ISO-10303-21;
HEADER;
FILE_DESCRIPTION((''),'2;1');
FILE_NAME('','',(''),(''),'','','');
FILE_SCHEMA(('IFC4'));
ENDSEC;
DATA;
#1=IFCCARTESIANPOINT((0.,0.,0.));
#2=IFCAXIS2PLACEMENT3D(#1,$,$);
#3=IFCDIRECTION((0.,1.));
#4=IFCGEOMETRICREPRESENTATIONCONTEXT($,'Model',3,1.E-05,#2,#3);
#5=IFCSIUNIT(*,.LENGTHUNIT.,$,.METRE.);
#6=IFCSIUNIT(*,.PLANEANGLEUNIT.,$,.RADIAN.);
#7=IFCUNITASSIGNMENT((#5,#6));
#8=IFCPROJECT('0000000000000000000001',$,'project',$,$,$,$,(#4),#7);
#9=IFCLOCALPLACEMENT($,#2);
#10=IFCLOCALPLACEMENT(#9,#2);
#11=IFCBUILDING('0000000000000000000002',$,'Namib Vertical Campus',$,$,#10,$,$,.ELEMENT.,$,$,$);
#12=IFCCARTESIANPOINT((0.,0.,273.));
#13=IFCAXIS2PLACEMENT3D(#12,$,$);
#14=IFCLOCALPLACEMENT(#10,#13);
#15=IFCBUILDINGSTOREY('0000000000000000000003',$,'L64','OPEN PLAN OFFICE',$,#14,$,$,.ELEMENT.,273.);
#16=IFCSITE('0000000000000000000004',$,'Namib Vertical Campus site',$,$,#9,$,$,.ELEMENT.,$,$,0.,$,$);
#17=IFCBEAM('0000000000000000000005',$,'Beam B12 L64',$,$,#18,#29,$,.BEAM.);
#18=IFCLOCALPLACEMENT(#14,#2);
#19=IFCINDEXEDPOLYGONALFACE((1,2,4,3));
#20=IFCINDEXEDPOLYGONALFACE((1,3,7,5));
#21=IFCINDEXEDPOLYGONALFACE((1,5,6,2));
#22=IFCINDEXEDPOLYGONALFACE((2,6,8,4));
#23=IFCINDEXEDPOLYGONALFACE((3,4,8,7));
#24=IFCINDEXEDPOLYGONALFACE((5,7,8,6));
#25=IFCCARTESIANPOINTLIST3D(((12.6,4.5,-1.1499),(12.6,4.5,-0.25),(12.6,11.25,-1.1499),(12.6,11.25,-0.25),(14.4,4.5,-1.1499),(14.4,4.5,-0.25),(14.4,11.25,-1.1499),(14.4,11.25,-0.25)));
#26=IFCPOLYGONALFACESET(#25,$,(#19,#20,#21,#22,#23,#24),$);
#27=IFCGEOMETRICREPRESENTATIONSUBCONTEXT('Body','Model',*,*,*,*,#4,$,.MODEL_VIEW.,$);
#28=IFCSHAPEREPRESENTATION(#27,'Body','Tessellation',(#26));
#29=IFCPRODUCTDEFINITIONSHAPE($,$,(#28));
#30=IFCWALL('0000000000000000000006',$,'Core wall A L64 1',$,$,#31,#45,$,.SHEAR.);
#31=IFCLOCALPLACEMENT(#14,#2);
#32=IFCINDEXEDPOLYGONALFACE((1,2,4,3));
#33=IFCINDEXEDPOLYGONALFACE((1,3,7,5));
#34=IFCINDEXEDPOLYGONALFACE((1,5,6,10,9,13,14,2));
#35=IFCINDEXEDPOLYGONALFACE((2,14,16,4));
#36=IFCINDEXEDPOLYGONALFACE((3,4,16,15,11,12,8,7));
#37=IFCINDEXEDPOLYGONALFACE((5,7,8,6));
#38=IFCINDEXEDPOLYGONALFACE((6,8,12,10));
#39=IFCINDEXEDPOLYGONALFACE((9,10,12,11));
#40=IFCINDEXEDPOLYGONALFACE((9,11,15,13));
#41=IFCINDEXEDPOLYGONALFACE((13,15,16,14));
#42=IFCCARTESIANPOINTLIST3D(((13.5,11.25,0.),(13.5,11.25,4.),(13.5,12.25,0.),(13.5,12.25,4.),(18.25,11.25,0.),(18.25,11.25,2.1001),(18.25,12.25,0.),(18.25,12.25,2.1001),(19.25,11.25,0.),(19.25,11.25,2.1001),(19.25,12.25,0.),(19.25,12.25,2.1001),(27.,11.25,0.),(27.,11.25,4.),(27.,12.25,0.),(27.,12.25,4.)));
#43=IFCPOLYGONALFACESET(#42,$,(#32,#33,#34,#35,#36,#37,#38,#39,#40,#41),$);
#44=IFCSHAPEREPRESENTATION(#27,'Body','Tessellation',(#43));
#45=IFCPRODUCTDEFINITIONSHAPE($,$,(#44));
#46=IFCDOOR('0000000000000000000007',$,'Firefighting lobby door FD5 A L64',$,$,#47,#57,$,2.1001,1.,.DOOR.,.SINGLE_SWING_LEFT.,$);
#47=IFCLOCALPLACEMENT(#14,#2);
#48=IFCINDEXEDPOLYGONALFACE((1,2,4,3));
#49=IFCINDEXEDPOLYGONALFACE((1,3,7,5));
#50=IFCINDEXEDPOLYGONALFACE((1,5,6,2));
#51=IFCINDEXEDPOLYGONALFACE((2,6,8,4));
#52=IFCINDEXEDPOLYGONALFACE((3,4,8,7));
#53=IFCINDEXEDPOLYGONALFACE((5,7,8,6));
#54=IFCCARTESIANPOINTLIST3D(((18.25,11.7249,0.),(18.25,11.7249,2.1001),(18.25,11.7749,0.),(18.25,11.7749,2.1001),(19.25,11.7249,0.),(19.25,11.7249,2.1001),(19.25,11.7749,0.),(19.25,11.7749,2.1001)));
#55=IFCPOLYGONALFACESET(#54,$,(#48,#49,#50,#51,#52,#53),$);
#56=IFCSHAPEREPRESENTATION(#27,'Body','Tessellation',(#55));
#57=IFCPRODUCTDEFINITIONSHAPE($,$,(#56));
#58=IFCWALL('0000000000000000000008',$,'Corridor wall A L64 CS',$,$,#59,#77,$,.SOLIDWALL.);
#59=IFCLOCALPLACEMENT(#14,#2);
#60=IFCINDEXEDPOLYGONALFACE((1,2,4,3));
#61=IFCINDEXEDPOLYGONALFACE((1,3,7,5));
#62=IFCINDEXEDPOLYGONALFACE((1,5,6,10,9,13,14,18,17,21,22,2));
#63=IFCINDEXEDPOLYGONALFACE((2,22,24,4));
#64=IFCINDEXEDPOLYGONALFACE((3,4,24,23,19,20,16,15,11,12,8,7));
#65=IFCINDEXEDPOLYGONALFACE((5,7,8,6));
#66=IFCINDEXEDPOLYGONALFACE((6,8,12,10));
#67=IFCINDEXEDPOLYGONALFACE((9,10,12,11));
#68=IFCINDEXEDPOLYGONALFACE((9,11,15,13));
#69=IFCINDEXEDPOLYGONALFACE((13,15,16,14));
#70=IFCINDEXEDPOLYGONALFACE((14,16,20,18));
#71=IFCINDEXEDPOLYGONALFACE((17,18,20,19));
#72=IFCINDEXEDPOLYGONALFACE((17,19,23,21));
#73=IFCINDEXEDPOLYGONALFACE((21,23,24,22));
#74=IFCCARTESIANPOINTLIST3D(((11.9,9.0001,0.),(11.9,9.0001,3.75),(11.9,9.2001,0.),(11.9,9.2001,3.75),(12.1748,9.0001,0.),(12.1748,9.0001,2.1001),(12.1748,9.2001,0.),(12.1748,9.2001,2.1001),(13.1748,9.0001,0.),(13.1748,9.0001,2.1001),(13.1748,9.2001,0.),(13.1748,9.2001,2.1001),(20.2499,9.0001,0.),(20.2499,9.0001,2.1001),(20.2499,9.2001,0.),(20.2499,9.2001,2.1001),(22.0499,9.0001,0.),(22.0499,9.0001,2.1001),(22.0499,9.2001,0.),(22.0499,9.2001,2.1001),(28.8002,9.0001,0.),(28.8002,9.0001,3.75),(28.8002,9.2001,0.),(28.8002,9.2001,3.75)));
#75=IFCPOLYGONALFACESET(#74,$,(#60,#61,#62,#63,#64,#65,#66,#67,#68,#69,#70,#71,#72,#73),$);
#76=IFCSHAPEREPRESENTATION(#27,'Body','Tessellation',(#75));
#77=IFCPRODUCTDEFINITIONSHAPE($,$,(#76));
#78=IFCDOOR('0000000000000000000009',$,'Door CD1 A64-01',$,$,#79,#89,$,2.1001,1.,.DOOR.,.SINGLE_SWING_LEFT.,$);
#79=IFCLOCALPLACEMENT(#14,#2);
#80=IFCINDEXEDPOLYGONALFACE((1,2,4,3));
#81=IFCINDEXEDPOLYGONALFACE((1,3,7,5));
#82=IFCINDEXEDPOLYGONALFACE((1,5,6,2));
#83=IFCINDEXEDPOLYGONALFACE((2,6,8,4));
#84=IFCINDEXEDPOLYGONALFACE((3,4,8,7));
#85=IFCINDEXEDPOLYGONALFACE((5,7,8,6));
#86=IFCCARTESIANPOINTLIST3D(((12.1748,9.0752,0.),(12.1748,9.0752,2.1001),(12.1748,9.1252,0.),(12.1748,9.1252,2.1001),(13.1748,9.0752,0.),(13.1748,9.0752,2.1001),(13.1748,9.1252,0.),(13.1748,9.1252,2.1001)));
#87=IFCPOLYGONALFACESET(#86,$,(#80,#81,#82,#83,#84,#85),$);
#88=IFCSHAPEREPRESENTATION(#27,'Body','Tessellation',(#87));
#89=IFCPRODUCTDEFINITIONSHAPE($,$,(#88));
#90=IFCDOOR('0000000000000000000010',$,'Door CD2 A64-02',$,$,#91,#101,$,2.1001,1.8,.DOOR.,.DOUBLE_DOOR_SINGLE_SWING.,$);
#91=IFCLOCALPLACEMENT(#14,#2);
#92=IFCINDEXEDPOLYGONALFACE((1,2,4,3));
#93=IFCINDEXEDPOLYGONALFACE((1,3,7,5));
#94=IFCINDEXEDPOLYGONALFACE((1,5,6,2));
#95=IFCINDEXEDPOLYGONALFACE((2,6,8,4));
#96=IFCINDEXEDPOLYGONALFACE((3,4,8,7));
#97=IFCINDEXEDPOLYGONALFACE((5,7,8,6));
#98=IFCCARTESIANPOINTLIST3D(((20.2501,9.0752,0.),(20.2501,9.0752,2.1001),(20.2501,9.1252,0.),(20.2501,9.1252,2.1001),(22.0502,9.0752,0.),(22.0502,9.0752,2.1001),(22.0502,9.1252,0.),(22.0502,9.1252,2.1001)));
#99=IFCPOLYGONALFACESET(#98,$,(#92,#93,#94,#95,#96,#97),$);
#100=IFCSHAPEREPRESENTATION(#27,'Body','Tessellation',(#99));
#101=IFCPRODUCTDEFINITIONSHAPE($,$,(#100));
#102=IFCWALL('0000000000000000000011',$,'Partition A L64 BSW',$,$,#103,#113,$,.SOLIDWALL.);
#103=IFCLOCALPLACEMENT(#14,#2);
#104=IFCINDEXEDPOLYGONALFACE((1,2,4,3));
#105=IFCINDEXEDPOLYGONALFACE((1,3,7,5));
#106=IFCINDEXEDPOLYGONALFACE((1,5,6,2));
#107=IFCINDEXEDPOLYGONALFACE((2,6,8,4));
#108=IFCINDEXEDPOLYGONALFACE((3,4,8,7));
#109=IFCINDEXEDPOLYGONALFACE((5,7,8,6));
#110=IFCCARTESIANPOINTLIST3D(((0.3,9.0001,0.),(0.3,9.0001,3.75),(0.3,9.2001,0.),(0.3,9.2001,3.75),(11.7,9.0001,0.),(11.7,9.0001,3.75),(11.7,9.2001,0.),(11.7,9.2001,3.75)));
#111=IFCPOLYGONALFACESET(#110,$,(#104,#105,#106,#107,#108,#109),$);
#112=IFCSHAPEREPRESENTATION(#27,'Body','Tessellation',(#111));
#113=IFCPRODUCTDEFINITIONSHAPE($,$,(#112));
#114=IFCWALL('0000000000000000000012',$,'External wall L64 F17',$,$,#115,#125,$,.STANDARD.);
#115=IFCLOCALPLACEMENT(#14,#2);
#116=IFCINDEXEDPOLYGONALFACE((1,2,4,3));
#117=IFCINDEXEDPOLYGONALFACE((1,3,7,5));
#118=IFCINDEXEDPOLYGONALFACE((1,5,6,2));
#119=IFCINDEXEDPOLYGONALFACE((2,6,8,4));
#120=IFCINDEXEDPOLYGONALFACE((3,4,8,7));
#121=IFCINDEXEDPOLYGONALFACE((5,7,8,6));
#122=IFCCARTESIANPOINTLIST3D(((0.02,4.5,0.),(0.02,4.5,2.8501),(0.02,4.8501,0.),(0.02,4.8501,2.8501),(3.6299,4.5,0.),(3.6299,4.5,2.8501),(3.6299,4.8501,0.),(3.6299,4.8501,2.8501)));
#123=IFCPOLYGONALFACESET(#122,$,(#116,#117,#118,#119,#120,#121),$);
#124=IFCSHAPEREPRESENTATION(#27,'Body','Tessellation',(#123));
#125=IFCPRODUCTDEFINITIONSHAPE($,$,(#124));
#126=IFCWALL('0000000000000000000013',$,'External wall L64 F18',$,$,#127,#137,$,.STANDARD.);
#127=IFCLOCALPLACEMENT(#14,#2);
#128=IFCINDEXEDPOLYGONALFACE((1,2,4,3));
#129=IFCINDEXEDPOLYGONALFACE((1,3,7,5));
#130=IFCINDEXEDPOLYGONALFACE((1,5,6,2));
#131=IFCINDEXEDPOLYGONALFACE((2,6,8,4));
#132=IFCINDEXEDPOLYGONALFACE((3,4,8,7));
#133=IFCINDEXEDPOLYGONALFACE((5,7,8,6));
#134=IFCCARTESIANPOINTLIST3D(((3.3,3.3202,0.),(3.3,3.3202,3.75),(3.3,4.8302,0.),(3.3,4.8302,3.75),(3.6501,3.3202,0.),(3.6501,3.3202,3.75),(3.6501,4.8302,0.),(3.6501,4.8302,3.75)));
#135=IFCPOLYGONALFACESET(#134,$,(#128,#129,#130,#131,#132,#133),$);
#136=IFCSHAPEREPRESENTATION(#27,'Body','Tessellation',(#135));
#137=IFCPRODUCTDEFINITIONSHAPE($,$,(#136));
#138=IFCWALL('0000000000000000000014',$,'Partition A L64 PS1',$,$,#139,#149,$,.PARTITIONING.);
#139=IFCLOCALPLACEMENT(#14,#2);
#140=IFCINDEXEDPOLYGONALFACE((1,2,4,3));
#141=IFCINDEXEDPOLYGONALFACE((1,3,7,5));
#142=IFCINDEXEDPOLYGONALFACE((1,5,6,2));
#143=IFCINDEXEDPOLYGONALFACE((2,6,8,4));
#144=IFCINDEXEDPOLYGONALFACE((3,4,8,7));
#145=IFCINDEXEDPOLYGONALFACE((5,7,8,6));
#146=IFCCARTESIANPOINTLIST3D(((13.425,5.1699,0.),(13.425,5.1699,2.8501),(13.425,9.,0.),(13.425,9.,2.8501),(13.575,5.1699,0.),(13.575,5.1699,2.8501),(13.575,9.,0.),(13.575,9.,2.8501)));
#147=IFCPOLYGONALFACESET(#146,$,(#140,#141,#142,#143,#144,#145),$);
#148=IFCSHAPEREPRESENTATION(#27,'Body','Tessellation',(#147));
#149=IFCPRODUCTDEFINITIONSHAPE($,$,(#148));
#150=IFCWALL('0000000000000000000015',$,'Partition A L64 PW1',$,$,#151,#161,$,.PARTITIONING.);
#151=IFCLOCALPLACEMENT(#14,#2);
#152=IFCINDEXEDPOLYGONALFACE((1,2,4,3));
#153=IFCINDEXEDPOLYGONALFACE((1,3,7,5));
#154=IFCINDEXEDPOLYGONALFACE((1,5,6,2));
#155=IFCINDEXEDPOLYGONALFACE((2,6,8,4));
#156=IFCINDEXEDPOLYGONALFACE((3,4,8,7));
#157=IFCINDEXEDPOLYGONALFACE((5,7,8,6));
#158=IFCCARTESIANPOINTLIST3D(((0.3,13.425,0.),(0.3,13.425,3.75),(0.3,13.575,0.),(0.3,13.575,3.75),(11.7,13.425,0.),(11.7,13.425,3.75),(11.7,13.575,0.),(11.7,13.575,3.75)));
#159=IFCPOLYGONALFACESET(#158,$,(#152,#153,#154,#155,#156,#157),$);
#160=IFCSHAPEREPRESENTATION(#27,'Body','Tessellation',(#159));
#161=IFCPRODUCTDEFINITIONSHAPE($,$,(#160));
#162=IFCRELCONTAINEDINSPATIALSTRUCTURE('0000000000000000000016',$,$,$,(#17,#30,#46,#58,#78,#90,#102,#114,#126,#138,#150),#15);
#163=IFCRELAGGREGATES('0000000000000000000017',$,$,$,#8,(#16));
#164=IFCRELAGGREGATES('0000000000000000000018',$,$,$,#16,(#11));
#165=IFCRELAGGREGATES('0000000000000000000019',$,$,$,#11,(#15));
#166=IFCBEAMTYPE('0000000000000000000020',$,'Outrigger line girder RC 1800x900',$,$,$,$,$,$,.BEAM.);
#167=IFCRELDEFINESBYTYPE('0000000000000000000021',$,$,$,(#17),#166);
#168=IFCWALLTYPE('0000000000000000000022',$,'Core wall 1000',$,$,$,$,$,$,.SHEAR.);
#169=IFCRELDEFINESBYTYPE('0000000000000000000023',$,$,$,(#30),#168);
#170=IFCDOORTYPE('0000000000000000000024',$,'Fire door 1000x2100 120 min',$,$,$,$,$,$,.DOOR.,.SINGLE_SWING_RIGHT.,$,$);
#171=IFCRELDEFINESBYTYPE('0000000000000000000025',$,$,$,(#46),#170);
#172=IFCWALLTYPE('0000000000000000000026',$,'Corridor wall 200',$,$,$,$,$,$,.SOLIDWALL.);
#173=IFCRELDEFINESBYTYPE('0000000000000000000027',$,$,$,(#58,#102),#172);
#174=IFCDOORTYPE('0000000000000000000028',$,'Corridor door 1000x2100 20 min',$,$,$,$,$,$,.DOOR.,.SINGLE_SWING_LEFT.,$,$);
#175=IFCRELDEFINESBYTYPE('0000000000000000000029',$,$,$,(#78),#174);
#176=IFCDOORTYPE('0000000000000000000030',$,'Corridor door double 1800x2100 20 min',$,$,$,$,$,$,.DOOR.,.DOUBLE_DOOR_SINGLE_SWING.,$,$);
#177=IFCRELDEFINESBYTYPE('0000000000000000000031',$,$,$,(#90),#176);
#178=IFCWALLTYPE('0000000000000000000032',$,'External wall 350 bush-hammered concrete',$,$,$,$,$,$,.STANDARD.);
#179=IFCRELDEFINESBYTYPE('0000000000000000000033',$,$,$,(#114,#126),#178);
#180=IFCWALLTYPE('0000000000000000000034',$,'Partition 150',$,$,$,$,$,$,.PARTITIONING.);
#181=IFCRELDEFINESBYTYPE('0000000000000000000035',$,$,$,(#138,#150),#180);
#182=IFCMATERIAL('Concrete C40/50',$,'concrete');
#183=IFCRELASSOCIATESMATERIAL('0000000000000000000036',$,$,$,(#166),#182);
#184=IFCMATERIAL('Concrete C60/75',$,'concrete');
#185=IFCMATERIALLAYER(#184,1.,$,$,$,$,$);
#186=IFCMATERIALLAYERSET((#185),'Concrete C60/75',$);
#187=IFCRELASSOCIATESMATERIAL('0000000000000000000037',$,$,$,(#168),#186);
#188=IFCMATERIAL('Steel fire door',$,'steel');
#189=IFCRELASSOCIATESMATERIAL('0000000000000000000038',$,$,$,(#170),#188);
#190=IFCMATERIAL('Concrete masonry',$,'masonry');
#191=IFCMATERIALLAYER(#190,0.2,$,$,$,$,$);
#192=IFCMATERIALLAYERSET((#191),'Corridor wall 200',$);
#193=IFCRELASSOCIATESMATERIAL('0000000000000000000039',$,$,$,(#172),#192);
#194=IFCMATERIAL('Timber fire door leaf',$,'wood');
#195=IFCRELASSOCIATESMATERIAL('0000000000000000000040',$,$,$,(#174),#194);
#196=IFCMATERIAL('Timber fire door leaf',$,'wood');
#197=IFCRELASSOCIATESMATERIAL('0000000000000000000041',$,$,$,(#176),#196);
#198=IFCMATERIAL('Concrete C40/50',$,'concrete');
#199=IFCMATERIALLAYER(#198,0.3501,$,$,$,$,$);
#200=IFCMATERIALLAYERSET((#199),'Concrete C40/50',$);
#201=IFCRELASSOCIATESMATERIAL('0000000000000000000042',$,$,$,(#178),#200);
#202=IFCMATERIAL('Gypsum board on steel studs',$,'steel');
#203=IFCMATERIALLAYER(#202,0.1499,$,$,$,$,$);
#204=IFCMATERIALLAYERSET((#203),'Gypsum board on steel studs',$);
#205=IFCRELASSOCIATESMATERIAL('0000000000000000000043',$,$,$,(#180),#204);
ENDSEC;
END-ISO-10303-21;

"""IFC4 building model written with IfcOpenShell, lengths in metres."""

from ifc_helpers import new_model, si_unit, direction, frame, frame_2d, origin, origin_2d, place, context, subcontext, project, spatial, rectangle, extrude, material, layer, layer_set, material_profile, profile_set, type_object, element, fill, save


model = new_model("IFC4")

# Units and contexts
model_context = context("Model", 3, precision=1e-05, world=origin(), true_north=direction((0.0, 1.0)))
body_context = subcontext(model_context, "Body", "Model", "MODEL_VIEW")
ifc_project = project(units=[si_unit("LENGTHUNIT", "METRE"), si_unit("PLANEANGLEUNIT", "RADIAN")], contexts=[model_context])

# Site, building, storey
site_placement = place(None, origin())
site = spatial("IfcSite", under=ifc_project, at=site_placement, Name="Namib Vertical Campus site", CompositionType="ELEMENT", RefElevation=0.0)
building_placement = place(site_placement, origin())
building = spatial("IfcBuilding", under=site, at=building_placement, Name="Namib Vertical Campus", CompositionType="ELEMENT")
storey_placement = place(building_placement, frame((0.0, 0.0, 273.0)))
storey = spatial("IfcBuildingStorey", under=building, at=storey_placement, Name="L64", Description="OPEN PLAN OFFICE", CompositionType="ELEMENT", Elevation=273.0)

# Beam
ifc_material_1 = material(Name="Concrete C40/50", Category="concrete")
ifc_material_profile_1 = material_profile(ifc_material_1, rectangle(XDim=1.8, YDim=0.8999, at=origin_2d()))
ifc_profile_set_1 = profile_set([ifc_material_profile_1], Name="Concrete C40/50")
beam_type_1 = type_object("IfcBeamType", Name="Outrigger line girder RC 1800x900", PredefinedType="BEAM", material=ifc_profile_set_1)
beam_1_placement = place(storey_placement, frame((13.5, 4.5, -0.7), z_axis=(0.0, 1.0, 0.0), x_axis=(-1.0, 0.0, 0.0)))
element("IfcBeam", 1, at=beam_1_placement, inside=storey, type_object=beam_type_1, Name="Beam B12 L64", PredefinedType="BEAM", context=body_context, shape_type="SweptSolid", body=[
    extrude(rectangle(XDim=1.8, YDim=0.8999, at=origin_2d()), origin(), (0.0, 0.0, 1.0), 6.75),
])

# Wall, opening, door
ifc_material_2 = material(Name="Concrete C60/75", Category="concrete")
ifc_layer_1 = layer(ifc_material_2, 1.0)
ifc_layer_set_1 = layer_set([ifc_layer_1], Name="Concrete C60/75")
wall_type_1 = type_object("IfcWallType", Name="Core wall 1000", PredefinedType="SHEAR", material=ifc_layer_set_1)
wall_1_placement = place(storey_placement, frame((13.5, 11.75, 0.0), z_axis=(0.0, 0.0, 1.0), x_axis=(1.0, 0.0, 0.0)))
wall_1 = element("IfcWall", 2, at=wall_1_placement, inside=storey, type_object=wall_type_1, Name="Core wall A L64 1", PredefinedType="SHEAR", context=body_context, shape_type="SweptSolid", body=[
    extrude(rectangle(XDim=13.5, YDim=1.0, at=frame_2d((6.75, 0.0))), origin(), (0.0, 0.0, 1.0), 4.0),
])
opening_1_placement = place(wall_1_placement, frame((4.75, 0.0, 0.0)))
opening_1 = element("IfcOpeningElement", 3, at=opening_1_placement, cuts=wall_1, PredefinedType="OPENING", context=body_context, shape_type="SweptSolid", body=[
    extrude(rectangle(XDim=1.0, YDim=2.1001, at=frame_2d((0.5, 1.05))), frame((0.0, 0.51, 0.0), z_axis=(0.0, -1.0, 0.0), x_axis=(1.0, 0.0, 0.0)), (0.0, 0.0, 1.0), 1.02),
])
ifc_material_3 = material(Name="Steel fire door", Category="steel")
door_type_1 = type_object("IfcDoorType", Name="Fire door 1000x2100 120 min", OperationType="SINGLE_SWING_RIGHT", PredefinedType="DOOR", material=ifc_material_3)
door_1_placement = place(opening_1_placement, origin())
door_1 = element("IfcDoor", 4, at=door_1_placement, inside=storey, type_object=door_type_1, Name="Firefighting lobby door FD5 A L64", OperationType="SINGLE_SWING_LEFT", OverallHeight=2.1001, OverallWidth=1.0, PredefinedType="DOOR", context=body_context, shape_type="SweptSolid", body=[
    extrude(rectangle(XDim=1.0, YDim=2.1001, at=frame_2d((0.5, 1.05))), frame((0.0, 0.0249, 0.0), z_axis=(0.0, -1.0, 0.0), x_axis=(1.0, 0.0, 0.0)), (0.0, 0.0, 1.0), 0.05),
])
fill(opening_1, door_1)

# Wall, openings, doors
ifc_material_4 = material(Name="Concrete masonry", Category="masonry")
ifc_layer_2 = layer(ifc_material_4, 0.2)
ifc_layer_set_2 = layer_set([ifc_layer_2], Name="Corridor wall 200")
wall_type_2 = type_object("IfcWallType", Name="Corridor wall 200", PredefinedType="SOLIDWALL", material=ifc_layer_set_2)
wall_2_placement = place(storey_placement, frame((11.8999, 9.1001, 0.0), z_axis=(0.0, 0.0, 1.0), x_axis=(1.0, 0.0, 0.0)))
wall_2 = element("IfcWall", 5, at=wall_2_placement, inside=storey, type_object=wall_type_2, Name="Corridor wall A L64 CS", PredefinedType="SOLIDWALL", context=body_context, shape_type="SweptSolid", body=[
    extrude(rectangle(XDim=16.9001, YDim=0.2, at=frame_2d((8.4502, 0.0))), origin(), (0.0, 0.0, 1.0), 3.75),
])
opening_2_placement = place(wall_2_placement, frame((0.2749, 0.0, 0.0)))
opening_2 = element("IfcOpeningElement", 6, at=opening_2_placement, cuts=wall_2, PredefinedType="OPENING", context=body_context, shape_type="SweptSolid", body=[
    extrude(rectangle(XDim=1.0, YDim=2.1001, at=frame_2d((0.5, 1.05))), frame((0.0, 0.1099, 0.0), z_axis=(0.0, -1.0, 0.0), x_axis=(1.0, 0.0, 0.0)), (0.0, 0.0, 1.0), 0.22),
])
opening_3_placement = place(wall_2_placement, frame((8.3501, 0.0, 0.0)))
opening_3 = element("IfcOpeningElement", 7, at=opening_3_placement, cuts=wall_2, PredefinedType="OPENING", context=body_context, shape_type="SweptSolid", body=[
    extrude(rectangle(XDim=1.8, YDim=2.1001, at=frame_2d((0.8999, 1.05))), frame((0.0, 0.1099, 0.0), z_axis=(0.0, -1.0, 0.0), x_axis=(1.0, 0.0, 0.0)), (0.0, 0.0, 1.0), 0.22),
])
ifc_material_5 = material(Name="Timber fire door leaf", Category="wood")
door_type_2 = type_object("IfcDoorType", Name="Corridor door 1000x2100 20 min", OperationType="SINGLE_SWING_LEFT", PredefinedType="DOOR", material=ifc_material_5)
door_2_placement = place(opening_2_placement, frame((1.0, 0.0, 0.0), z_axis=(0.0, 0.0, 1.0), x_axis=(-1.0, 0.0, 0.0)))
door_2 = element("IfcDoor", 8, at=door_2_placement, inside=storey, type_object=door_type_2, Name="Door CD1 A64-01", OperationType="SINGLE_SWING_LEFT", OverallHeight=2.1001, OverallWidth=1.0, PredefinedType="DOOR", context=body_context, shape_type="SweptSolid", body=[
    extrude(rectangle(XDim=1.0, YDim=2.1001, at=frame_2d((0.5, 1.05))), frame((0.0, 0.0249, 0.0), z_axis=(0.0, -1.0, 0.0), x_axis=(1.0, 0.0, 0.0)), (0.0, 0.0, 1.0), 0.05),
])
fill(opening_2, door_2)
ifc_material_6 = material(Name="Timber fire door leaf", Category="wood")
door_type_3 = type_object("IfcDoorType", Name="Corridor door double 1800x2100 20 min", OperationType="DOUBLE_DOOR_SINGLE_SWING", PredefinedType="DOOR", material=ifc_material_6)
door_3_placement = place(opening_3_placement, frame((1.8, 0.0, 0.0), z_axis=(0.0, 0.0, 1.0), x_axis=(-1.0, 0.0, 0.0)))
door_3 = element("IfcDoor", 9, at=door_3_placement, inside=storey, type_object=door_type_3, Name="Door CD2 A64-02", OperationType="DOUBLE_DOOR_SINGLE_SWING", OverallHeight=2.1001, OverallWidth=1.8, PredefinedType="DOOR", context=body_context, shape_type="SweptSolid", body=[
    extrude(rectangle(XDim=1.8, YDim=2.1001, at=frame_2d((0.8999, 1.05))), frame((0.0, 0.0249, 0.0), z_axis=(0.0, -1.0, 0.0), x_axis=(1.0, 0.0, 0.0)), (0.0, 0.0, 1.0), 0.05),
])
fill(opening_3, door_3)

# Walls
wall_3_placement = place(storey_placement, frame((0.3, 9.1001, 0.0), z_axis=(0.0, 0.0, 1.0), x_axis=(1.0, 0.0, 0.0)))
element("IfcWall", 10, at=wall_3_placement, inside=storey, type_object=wall_type_2, Name="Partition A L64 BSW", PredefinedType="SOLIDWALL", context=body_context, shape_type="SweptSolid", body=[
    extrude(rectangle(XDim=11.3999, YDim=0.2, at=frame_2d((5.7, 0.0))), origin(), (0.0, 0.0, 1.0), 3.75),
])
ifc_material_7 = material(Name="Concrete C40/50", Category="concrete")
ifc_layer_3 = layer(ifc_material_7, 0.3501)
ifc_layer_set_3 = layer_set([ifc_layer_3], Name="Concrete C40/50")
wall_type_3 = type_object("IfcWallType", Name="External wall 350 bush-hammered concrete", PredefinedType="STANDARD", material=ifc_layer_set_3)
wall_4_placement = place(storey_placement, frame((0.02, 4.675, 0.0), z_axis=(0.0, 0.0, 1.0), x_axis=(1.0, 0.0, 0.0)))
element("IfcWall", 11, at=wall_4_placement, inside=storey, type_object=wall_type_3, Name="External wall L64 F17", PredefinedType="STANDARD", context=body_context, shape_type="SweptSolid", body=[
    extrude(rectangle(XDim=3.6099, YDim=0.3501, at=frame_2d((1.8049, 0.0))), origin(), (0.0, 0.0, 1.0), 2.8501),
])
wall_5_placement = place(storey_placement, frame((3.4751, 4.8301, 0.0), z_axis=(0.0, 0.0, 1.0), x_axis=(0.0, -1.0, 0.0)))
element("IfcWall", 12, at=wall_5_placement, inside=storey, type_object=wall_type_3, Name="External wall L64 F18", PredefinedType="STANDARD", context=body_context, shape_type="SweptSolid", body=[
    extrude(rectangle(XDim=1.51, YDim=0.3501, at=frame_2d((0.7549, 0.0))), origin(), (0.0, 0.0, 1.0), 3.75),
])
ifc_material_8 = material(Name="Gypsum board on steel studs", Category="steel")
ifc_layer_4 = layer(ifc_material_8, 0.1499)
ifc_layer_set_4 = layer_set([ifc_layer_4], Name="Gypsum board on steel studs")
wall_type_4 = type_object("IfcWallType", Name="Partition 150", PredefinedType="PARTITIONING", material=ifc_layer_set_4)
wall_6_placement = place(storey_placement, frame((13.5, 5.1699, 0.0), z_axis=(0.0, 0.0, 1.0), x_axis=(0.0, 1.0, 0.0)))
element("IfcWall", 13, at=wall_6_placement, inside=storey, type_object=wall_type_4, Name="Partition A L64 PS1", PredefinedType="PARTITIONING", context=body_context, shape_type="SweptSolid", body=[
    extrude(rectangle(XDim=3.8301, YDim=0.1499, at=frame_2d((1.915, 0.0))), origin(), (0.0, 0.0, 1.0), 2.8501),
])
wall_7_placement = place(storey_placement, frame((0.3, 13.5, 0.0), z_axis=(0.0, 0.0, 1.0), x_axis=(1.0, 0.0, 0.0)))
element("IfcWall", 14, at=wall_7_placement, inside=storey, type_object=wall_type_4, Name="Partition A L64 PW1", PredefinedType="PARTITIONING", context=body_context, shape_type="SweptSolid", body=[
    extrude(rectangle(XDim=11.3999, YDim=0.1499, at=frame_2d((5.7, 0.0))), origin(), (0.0, 0.0, 1.0), 3.75),
])

save(model, "model.ifc")
